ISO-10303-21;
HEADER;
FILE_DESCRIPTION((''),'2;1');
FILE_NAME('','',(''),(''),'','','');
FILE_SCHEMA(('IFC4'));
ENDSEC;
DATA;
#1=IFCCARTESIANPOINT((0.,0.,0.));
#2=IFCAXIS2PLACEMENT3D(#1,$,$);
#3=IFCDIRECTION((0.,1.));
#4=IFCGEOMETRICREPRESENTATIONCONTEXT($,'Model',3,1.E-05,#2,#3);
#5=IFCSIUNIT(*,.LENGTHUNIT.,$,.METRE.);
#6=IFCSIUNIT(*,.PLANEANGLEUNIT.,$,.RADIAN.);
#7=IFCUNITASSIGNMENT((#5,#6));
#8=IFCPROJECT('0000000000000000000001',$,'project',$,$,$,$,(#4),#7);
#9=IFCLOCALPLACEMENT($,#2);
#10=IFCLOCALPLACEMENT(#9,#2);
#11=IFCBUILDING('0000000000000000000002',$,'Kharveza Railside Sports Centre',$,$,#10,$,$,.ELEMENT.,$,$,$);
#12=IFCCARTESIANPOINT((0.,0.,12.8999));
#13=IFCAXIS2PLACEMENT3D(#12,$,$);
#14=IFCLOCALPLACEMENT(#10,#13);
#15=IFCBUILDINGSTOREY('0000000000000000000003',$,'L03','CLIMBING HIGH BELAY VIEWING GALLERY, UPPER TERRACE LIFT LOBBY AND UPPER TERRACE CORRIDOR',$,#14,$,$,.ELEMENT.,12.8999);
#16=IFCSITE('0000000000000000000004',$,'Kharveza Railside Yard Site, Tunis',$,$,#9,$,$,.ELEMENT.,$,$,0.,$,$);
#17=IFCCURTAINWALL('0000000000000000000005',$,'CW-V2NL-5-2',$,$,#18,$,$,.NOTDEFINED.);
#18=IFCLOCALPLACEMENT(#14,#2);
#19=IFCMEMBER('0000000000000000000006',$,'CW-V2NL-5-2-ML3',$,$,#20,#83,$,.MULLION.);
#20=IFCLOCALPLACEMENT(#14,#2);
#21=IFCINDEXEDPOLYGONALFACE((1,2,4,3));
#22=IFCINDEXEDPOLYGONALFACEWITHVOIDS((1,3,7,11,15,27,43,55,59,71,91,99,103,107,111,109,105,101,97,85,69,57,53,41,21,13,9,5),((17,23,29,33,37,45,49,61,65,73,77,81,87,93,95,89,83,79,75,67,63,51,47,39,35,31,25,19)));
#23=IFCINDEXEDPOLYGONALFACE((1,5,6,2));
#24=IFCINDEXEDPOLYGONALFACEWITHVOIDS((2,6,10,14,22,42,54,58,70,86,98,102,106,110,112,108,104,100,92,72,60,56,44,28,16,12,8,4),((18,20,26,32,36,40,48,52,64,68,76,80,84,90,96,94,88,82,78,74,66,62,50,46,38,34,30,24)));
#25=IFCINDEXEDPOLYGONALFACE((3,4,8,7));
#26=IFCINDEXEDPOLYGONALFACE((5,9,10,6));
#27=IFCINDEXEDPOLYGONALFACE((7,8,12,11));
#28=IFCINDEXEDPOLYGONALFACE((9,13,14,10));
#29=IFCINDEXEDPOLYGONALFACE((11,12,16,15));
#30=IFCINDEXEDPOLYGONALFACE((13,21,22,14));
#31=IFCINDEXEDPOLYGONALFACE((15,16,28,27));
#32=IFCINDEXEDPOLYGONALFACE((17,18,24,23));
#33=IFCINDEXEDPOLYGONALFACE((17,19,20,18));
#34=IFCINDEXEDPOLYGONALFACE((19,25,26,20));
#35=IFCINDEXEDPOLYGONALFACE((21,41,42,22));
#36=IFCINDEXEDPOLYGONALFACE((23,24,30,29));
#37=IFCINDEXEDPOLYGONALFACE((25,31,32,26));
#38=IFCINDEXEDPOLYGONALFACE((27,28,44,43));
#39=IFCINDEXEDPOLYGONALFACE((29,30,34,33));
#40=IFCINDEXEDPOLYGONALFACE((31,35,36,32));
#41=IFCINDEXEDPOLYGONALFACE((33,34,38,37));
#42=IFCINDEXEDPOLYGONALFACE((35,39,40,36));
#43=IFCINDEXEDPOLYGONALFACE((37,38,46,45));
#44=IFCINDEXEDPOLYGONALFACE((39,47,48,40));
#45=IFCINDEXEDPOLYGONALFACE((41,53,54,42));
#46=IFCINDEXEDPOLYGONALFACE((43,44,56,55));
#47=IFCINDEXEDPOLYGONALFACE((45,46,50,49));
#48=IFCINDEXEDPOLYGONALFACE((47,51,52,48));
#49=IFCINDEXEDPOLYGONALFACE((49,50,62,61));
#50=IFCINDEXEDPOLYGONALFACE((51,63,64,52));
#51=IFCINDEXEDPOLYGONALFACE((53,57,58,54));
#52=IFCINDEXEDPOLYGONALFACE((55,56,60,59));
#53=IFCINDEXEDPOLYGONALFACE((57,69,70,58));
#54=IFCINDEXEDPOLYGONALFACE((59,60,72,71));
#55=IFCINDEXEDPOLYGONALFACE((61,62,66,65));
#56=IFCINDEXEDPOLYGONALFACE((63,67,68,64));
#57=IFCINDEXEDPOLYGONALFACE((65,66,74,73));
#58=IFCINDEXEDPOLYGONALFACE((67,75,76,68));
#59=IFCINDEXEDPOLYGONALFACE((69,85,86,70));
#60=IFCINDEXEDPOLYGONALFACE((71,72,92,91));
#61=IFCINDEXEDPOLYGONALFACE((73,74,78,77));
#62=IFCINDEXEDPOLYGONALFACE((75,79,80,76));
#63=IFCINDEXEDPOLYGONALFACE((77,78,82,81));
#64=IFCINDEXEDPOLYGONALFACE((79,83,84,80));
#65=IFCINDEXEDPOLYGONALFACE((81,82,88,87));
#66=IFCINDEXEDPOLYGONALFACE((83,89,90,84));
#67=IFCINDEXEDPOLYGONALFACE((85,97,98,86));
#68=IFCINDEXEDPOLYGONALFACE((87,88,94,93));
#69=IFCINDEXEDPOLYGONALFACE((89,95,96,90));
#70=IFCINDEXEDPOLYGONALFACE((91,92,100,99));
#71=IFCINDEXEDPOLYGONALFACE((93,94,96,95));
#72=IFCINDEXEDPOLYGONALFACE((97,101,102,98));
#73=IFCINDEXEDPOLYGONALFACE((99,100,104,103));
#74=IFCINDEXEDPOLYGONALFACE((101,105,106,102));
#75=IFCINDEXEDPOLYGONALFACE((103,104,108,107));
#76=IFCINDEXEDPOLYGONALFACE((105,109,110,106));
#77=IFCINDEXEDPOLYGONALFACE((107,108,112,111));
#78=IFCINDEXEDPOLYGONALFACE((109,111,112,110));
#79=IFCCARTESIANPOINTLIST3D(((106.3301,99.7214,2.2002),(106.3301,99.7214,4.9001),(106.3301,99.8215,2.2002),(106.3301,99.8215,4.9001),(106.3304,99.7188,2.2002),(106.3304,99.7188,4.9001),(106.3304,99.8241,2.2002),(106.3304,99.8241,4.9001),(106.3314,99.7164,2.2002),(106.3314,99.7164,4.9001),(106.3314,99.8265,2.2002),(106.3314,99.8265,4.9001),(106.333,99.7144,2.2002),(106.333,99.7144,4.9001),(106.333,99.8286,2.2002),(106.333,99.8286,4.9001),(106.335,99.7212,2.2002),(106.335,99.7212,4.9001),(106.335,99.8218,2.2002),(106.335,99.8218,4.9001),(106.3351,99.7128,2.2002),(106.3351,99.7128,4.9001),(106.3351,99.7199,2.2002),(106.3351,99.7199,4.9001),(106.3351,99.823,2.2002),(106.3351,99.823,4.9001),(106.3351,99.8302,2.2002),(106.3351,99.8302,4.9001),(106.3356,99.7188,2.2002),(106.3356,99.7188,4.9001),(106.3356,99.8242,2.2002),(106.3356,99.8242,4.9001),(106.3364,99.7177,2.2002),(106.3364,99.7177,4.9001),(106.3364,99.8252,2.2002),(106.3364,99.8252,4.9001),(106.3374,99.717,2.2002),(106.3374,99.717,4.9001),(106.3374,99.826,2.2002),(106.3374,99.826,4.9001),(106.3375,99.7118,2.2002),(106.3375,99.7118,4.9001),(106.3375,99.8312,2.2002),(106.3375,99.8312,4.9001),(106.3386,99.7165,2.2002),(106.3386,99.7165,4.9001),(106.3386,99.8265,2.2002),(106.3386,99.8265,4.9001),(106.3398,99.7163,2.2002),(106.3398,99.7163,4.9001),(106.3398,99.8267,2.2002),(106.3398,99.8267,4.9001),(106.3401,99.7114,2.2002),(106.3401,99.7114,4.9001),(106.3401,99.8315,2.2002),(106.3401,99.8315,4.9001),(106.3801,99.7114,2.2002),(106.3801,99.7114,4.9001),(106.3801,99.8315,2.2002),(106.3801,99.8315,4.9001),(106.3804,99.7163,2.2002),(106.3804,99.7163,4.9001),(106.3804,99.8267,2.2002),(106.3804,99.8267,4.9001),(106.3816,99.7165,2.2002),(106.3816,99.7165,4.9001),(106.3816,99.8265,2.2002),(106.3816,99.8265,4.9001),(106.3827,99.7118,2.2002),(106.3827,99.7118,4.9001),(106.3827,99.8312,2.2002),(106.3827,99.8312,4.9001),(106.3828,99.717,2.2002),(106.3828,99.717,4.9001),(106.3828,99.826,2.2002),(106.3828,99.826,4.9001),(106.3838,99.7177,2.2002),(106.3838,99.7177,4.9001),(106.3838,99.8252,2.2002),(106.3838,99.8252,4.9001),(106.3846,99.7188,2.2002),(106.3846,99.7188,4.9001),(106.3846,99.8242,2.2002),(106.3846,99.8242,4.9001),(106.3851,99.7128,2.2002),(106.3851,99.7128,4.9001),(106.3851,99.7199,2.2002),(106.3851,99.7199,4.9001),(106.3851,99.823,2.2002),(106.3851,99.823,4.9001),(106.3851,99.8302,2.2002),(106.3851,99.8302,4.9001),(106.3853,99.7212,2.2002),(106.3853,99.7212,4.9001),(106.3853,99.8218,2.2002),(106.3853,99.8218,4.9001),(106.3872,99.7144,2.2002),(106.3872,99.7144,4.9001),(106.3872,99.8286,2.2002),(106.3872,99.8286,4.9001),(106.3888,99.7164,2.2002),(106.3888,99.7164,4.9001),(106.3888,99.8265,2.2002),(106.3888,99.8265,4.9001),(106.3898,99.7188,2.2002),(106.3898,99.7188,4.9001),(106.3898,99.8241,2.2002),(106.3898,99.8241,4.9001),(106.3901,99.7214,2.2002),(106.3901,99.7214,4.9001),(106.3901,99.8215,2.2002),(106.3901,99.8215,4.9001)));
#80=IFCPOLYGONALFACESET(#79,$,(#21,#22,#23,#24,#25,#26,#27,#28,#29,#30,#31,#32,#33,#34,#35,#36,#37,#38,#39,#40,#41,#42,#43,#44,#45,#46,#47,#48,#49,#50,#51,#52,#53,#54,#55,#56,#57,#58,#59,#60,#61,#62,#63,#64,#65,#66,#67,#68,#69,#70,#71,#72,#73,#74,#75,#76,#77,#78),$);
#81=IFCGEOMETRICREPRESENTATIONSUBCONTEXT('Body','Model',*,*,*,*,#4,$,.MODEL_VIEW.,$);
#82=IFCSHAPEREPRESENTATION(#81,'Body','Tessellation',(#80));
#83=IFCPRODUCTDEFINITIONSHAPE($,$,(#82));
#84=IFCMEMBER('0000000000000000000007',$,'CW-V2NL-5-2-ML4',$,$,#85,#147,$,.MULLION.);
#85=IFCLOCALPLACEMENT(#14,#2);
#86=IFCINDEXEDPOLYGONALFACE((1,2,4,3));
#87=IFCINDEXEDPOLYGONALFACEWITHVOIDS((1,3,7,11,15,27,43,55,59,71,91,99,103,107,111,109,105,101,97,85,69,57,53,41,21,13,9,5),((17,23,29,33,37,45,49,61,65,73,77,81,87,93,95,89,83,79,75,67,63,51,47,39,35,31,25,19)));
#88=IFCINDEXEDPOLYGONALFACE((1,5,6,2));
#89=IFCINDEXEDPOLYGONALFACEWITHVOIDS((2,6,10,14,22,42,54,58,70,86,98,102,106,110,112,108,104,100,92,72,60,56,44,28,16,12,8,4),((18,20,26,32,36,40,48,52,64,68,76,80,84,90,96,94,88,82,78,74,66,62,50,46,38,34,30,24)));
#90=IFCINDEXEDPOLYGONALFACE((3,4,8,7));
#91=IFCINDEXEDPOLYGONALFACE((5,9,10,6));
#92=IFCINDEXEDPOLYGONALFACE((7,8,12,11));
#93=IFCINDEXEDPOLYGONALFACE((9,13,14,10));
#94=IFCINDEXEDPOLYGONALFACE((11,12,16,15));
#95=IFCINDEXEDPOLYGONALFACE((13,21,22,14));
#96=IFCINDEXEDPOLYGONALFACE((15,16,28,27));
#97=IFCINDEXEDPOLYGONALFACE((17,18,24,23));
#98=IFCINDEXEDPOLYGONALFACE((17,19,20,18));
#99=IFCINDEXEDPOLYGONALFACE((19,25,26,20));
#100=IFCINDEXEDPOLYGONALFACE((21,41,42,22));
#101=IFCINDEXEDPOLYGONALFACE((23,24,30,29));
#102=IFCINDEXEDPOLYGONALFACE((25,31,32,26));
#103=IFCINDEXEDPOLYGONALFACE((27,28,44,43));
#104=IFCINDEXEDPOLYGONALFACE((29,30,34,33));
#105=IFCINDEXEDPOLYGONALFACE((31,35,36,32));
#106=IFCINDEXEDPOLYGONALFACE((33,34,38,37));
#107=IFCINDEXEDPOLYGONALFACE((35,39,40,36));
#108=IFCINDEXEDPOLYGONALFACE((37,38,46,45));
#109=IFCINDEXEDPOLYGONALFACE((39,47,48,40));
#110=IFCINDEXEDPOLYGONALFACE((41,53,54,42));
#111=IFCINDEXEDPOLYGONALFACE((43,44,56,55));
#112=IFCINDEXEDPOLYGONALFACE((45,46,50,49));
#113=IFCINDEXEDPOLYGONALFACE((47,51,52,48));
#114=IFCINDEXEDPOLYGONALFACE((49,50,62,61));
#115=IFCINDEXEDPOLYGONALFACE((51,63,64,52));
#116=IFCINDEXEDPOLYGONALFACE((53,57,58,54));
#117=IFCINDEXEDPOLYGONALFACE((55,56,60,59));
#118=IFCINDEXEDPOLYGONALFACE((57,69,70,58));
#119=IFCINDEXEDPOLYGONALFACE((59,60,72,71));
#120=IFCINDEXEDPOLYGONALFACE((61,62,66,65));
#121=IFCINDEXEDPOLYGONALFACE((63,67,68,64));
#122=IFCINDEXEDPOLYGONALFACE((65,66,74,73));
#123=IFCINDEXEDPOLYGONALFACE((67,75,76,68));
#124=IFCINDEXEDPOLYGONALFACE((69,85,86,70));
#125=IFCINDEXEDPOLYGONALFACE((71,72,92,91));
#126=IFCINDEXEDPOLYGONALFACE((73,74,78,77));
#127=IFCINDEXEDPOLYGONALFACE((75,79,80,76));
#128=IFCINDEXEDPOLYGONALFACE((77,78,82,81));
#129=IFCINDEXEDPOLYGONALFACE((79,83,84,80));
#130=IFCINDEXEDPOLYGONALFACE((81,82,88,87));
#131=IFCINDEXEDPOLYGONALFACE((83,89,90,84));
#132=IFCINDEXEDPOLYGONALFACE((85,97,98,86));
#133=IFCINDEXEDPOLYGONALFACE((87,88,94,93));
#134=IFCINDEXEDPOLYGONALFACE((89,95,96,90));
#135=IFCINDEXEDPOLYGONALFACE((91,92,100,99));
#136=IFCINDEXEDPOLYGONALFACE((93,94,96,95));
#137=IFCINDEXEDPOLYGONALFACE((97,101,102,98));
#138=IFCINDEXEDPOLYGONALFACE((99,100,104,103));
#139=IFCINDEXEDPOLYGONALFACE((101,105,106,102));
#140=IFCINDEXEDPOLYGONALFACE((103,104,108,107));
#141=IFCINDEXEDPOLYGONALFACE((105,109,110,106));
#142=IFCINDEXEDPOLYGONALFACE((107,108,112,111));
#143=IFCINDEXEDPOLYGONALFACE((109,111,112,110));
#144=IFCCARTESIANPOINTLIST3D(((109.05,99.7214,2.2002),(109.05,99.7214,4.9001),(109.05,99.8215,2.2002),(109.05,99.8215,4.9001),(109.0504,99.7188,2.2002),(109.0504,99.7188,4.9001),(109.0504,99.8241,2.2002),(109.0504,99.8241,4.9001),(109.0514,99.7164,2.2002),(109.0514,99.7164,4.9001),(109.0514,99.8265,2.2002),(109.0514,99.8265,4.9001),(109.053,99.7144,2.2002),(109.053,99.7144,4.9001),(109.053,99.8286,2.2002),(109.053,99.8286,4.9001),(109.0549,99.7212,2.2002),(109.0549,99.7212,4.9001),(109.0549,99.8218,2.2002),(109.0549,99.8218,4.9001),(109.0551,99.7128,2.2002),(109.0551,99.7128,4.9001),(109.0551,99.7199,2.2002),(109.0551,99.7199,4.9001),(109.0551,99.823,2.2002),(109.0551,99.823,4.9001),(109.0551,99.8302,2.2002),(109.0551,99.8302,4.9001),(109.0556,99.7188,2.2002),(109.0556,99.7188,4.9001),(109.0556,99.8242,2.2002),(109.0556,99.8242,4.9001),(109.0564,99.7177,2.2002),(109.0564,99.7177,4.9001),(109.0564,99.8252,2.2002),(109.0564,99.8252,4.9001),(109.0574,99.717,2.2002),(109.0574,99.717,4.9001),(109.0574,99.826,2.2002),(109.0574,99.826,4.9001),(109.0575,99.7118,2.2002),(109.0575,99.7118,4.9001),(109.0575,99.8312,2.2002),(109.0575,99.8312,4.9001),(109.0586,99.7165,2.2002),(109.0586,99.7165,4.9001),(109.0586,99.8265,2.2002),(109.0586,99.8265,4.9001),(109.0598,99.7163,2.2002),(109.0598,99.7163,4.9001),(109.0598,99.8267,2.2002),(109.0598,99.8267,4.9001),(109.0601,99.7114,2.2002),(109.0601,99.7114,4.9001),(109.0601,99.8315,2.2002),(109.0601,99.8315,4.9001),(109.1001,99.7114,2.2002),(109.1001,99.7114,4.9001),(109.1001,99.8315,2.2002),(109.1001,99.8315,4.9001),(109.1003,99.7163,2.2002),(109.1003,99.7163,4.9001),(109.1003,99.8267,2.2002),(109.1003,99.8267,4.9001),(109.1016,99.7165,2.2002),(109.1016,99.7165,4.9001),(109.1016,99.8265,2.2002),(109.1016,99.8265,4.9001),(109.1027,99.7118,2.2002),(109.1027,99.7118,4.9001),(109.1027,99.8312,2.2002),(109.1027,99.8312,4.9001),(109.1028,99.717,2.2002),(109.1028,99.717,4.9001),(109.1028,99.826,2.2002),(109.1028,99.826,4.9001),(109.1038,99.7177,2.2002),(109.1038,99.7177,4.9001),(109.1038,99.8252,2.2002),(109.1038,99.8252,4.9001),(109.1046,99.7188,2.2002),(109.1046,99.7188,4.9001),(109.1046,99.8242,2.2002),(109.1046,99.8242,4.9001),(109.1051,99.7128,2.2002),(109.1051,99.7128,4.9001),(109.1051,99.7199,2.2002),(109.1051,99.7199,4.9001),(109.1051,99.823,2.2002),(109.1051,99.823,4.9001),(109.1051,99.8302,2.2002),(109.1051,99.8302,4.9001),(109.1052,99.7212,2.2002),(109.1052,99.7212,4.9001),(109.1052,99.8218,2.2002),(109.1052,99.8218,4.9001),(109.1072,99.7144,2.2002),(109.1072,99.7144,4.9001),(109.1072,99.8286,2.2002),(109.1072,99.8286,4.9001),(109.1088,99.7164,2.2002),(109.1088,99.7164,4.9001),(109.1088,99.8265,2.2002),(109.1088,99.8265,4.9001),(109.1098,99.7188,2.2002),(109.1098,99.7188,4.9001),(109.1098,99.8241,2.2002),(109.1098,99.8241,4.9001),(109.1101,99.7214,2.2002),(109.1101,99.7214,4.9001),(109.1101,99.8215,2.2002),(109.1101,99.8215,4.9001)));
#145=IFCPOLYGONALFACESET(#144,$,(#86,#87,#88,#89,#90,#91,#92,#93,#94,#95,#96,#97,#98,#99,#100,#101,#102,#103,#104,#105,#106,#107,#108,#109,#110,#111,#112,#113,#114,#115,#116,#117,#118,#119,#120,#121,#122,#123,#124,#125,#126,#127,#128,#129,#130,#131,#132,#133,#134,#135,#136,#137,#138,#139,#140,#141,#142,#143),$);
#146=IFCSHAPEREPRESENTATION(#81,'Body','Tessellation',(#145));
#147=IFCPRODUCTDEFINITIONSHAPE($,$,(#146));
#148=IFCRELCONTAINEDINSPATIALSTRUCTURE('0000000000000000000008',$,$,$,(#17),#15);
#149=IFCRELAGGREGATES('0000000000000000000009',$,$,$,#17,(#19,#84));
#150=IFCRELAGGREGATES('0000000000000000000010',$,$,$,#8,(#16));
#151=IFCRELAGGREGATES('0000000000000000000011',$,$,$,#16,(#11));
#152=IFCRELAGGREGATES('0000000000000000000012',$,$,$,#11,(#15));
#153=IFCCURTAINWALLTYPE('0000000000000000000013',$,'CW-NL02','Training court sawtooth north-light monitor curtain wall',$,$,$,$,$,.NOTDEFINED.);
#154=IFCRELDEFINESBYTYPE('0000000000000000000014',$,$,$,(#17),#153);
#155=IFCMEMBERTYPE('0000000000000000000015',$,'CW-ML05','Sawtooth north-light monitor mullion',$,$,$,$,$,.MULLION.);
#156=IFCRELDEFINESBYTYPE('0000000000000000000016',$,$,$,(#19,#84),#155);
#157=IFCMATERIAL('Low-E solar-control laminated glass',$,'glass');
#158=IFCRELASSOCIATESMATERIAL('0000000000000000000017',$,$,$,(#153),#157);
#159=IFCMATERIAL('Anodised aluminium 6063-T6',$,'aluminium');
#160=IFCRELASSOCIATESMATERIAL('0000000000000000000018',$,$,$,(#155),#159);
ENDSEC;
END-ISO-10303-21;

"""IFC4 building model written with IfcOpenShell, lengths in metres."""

from ifc_helpers import new_model, si_unit, direction, frame, origin, origin_2d, place, context, subcontext, project, spatial, hollow_rectangle, extrude, material, material_profile, profile_set, type_object, element, aggregate, save


model = new_model("IFC4")

# Units and contexts
model_context = context("Model", 3, precision=1e-05, world=origin(), true_north=direction((0.0, 1.0)))
body_context = subcontext(model_context, "Body", "Model", "MODEL_VIEW")
ifc_project = project(units=[si_unit("LENGTHUNIT", "METRE"), si_unit("PLANEANGLEUNIT", "RADIAN")], contexts=[model_context])

# Site, building, storey
site_placement = place(None, origin())
site = spatial("IfcSite", under=ifc_project, at=site_placement, Name="Kharveza Railside Yard Site, Tunis", CompositionType="ELEMENT", RefElevation=0.0)
building_placement = place(site_placement, origin())
building = spatial("IfcBuilding", under=site, at=building_placement, Name="Kharveza Railside Sports Centre", CompositionType="ELEMENT")
storey_placement = place(building_placement, frame((0.0, 0.0, 12.8999)))
storey = spatial("IfcBuildingStorey", under=building, at=storey_placement, Name="L03", Description="CLIMBING HIGH BELAY VIEWING GALLERY, UPPER TERRACE LIFT LOBBY AND UPPER TERRACE CORRIDOR", CompositionType="ELEMENT", Elevation=12.8999)

# Curtain wall, members
ifc_material_1 = material(Name="Low-E solar-control laminated glass", Category="glass")
curtain_wall_type = type_object("IfcCurtainWallType", Name="CW-NL02", Description="Training court sawtooth north-light monitor curtain wall", PredefinedType="NOTDEFINED", material=ifc_material_1)
curtain_wall_1_placement = place(storey_placement, origin())
curtain_wall_1 = element("IfcCurtainWall", 1, at=curtain_wall_1_placement, inside=storey, type_object=curtain_wall_type, Name="CW-V2NL-5-2", PredefinedType="NOTDEFINED")
ifc_material_2 = material(Name="Anodised aluminium 6063-T6", Category="aluminium")
ifc_material_profile_1 = material_profile(ifc_material_2, hollow_rectangle(XDim=0.0601, YDim=0.1201, WallThickness=0.0049, InnerFilletRadius=0.0049, OuterFilletRadius=0.01, at=origin_2d()), Name="RHS 60x120x5.0")
ifc_profile_set_1 = profile_set([ifc_material_profile_1], Name="Anodised aluminium 6063-T6")
member_type_1 = type_object("IfcMemberType", Name="CW-ML05", Description="Sawtooth north-light monitor mullion", PredefinedType="MULLION", material=ifc_profile_set_1)
member_1_placement = place(storey_placement, frame((106.3601, 99.7715, 2.2002), z_axis=(0.0, 0.0, 1.0), x_axis=(1.0, 0.0, 0.0)))
member_1 = element("IfcMember", 2, at=member_1_placement, type_object=member_type_1, Name="CW-V2NL-5-2-ML3", PredefinedType="MULLION", context=body_context, shape_type="SweptSolid", body=[
    extrude(hollow_rectangle(XDim=0.0601, YDim=0.1201, WallThickness=0.0049, InnerFilletRadius=0.0049, OuterFilletRadius=0.01, at=origin_2d()), origin(), (0.0, 0.0, 1.0), 2.7),
])
member_2_placement = place(storey_placement, frame((109.0801, 99.7715, 2.2002), z_axis=(0.0, 0.0, 1.0), x_axis=(1.0, 0.0, 0.0)))
member_2 = element("IfcMember", 3, at=member_2_placement, type_object=member_type_1, Name="CW-V2NL-5-2-ML4", PredefinedType="MULLION", context=body_context, shape_type="SweptSolid", body=[
    extrude(hollow_rectangle(XDim=0.0601, YDim=0.1201, WallThickness=0.0049, InnerFilletRadius=0.0049, OuterFilletRadius=0.01, at=origin_2d()), origin(), (0.0, 0.0, 1.0), 2.7),
])

aggregate(curtain_wall_1, [member_1, member_2])

save(model, "model.ifc")
